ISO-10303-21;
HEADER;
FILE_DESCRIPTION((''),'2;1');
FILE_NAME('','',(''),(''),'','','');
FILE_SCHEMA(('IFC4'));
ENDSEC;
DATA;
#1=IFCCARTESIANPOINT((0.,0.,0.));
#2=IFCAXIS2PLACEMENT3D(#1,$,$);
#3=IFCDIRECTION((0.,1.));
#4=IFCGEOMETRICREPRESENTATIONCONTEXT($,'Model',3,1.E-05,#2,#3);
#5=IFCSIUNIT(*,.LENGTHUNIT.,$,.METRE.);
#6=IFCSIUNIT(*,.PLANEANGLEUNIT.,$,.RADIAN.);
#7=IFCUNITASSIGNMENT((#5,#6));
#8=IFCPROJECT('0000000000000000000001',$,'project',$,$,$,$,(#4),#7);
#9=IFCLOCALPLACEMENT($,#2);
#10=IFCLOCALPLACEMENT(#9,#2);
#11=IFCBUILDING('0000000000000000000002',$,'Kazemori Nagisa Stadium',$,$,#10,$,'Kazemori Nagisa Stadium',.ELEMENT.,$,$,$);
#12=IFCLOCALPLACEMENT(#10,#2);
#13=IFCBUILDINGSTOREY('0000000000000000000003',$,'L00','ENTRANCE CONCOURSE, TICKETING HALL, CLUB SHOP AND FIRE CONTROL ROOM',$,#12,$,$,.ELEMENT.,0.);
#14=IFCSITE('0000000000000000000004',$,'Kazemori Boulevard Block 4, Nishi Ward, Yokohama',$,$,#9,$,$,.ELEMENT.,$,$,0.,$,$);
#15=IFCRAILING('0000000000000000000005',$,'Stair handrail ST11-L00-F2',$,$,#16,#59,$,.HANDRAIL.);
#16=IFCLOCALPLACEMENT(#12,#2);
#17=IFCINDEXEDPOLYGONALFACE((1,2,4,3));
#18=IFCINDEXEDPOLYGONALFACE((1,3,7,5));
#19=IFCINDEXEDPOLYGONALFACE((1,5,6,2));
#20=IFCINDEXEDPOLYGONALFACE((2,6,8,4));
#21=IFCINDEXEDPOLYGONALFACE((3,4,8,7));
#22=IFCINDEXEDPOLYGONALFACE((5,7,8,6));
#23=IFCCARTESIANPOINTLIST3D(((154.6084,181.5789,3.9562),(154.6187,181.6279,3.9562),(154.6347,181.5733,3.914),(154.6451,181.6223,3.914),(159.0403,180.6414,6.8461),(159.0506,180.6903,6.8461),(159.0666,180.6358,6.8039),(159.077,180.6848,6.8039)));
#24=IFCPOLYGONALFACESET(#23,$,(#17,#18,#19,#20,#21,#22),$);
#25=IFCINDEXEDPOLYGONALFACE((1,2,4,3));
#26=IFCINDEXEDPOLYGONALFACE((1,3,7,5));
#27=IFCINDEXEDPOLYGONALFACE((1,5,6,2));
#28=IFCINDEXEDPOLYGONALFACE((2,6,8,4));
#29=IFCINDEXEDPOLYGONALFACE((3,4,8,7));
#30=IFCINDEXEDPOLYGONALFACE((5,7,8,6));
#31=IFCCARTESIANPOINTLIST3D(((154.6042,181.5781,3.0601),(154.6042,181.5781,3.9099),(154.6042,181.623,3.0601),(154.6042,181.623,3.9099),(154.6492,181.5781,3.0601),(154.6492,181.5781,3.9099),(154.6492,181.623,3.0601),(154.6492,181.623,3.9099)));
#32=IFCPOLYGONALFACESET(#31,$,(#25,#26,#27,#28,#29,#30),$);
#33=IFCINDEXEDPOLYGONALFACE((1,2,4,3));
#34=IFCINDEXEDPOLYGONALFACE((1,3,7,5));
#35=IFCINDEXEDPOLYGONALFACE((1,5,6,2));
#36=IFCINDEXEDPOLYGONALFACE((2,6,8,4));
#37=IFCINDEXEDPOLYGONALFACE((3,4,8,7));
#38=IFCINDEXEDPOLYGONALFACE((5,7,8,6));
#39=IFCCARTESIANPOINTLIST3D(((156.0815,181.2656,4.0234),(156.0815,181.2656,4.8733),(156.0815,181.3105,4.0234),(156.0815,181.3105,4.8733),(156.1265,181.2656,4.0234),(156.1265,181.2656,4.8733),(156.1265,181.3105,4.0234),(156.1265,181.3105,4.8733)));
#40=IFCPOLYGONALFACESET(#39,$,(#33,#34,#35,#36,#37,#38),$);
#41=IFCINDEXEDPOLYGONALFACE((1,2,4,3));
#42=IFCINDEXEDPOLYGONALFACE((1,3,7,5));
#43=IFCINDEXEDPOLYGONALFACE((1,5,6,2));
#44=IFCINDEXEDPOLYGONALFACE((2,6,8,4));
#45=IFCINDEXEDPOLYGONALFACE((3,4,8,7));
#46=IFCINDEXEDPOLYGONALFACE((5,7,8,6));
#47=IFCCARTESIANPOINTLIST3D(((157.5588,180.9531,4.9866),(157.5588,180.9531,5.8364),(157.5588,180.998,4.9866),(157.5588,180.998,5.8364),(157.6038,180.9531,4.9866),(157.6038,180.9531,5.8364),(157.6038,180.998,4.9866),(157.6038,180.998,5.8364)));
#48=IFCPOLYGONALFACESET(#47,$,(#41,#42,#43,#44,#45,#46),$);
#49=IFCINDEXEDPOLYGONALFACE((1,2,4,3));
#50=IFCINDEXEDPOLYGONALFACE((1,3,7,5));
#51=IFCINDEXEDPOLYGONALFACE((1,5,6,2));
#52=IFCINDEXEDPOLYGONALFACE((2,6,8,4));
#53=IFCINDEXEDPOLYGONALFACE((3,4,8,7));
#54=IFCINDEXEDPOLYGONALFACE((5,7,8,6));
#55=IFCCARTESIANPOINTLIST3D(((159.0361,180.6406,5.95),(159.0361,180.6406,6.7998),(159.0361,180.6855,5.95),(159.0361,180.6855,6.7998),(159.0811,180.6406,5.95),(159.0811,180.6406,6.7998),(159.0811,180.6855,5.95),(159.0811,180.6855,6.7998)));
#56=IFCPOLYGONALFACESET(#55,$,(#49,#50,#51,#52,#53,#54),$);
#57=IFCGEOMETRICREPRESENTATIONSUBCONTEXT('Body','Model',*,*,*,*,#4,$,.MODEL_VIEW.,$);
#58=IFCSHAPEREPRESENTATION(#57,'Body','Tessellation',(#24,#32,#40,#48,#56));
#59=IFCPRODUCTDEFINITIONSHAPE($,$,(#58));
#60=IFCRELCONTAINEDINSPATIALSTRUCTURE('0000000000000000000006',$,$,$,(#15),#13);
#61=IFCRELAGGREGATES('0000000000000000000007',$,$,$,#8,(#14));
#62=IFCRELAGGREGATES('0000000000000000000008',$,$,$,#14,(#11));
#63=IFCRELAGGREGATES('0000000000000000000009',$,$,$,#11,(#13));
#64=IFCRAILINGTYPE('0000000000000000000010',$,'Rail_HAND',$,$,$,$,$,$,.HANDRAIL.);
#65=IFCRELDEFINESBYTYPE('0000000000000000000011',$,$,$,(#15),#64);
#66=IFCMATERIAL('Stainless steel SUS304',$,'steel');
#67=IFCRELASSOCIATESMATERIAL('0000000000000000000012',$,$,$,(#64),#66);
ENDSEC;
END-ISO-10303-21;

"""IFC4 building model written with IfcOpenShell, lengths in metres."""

from ifc_helpers import new_model, si_unit, direction, frame, origin, origin_2d, place, context, subcontext, project, spatial, rectangle, extrude, material, type_object, element, save


model = new_model("IFC4")

# Units and contexts
model_context = context("Model", 3, precision=1e-05, world=origin(), true_north=direction((0.0, 1.0)))
body_context = subcontext(model_context, "Body", "Model", "MODEL_VIEW")
ifc_project = project(units=[si_unit("LENGTHUNIT", "METRE"), si_unit("PLANEANGLEUNIT", "RADIAN")], contexts=[model_context])

# Site, building, storey
site_placement = place(None, origin())
site = spatial("IfcSite", under=ifc_project, at=site_placement, Name="Kazemori Boulevard Block 4, Nishi Ward, Yokohama", CompositionType="ELEMENT", RefElevation=0.0)
building_placement = place(site_placement, origin())
building = spatial("IfcBuilding", under=site, at=building_placement, Name="Kazemori Nagisa Stadium", LongName="Kazemori Nagisa Stadium", CompositionType="ELEMENT")
storey_placement = place(building_placement, origin())
storey = spatial("IfcBuildingStorey", under=building, at=storey_placement, Name="L00", Description="ENTRANCE CONCOURSE, TICKETING HALL, CLUB SHOP AND FIRE CONTROL ROOM", CompositionType="ELEMENT", Elevation=0.0)

# Shared definitions
ifc_material_1 = material(Name="Stainless steel SUS304", Category="steel")

# Railing
railing_type_1 = type_object("IfcRailingType", Name="Rail_HAND", PredefinedType="HANDRAIL", material=ifc_material_1)
railing_1_placement = place(storey_placement, frame((154.6267, 181.6006, 3.0601)))
element("IfcRailing", 1, at=railing_1_placement, inside=storey, type_object=railing_type_1, Name="Stair handrail ST11-L00-F2", PredefinedType="HANDRAIL", context=body_context, shape_type="SweptSolid", body=[
    extrude(rectangle(XDim=0.05, YDim=0.05, at=origin_2d()), frame((0.0, 0.0, 0.875), z_axis=(0.824803, -0.174475, 0.537828), x_axis=(0.206956, 0.97835, 0.0)), (0.0, 0.0, 1.0), 5.3733),
    extrude(rectangle(XDim=0.0449, YDim=0.0449, at=origin_2d()), origin(), (0.0, 0.0, 1.0), 0.8499),
    extrude(rectangle(XDim=0.0449, YDim=0.0449, at=origin_2d()), frame((1.4773, -0.3125, 0.9634)), (0.0, 0.0, 1.0), 0.8499),
    extrude(rectangle(XDim=0.0449, YDim=0.0449, at=origin_2d()), frame((2.9546, -0.625, 1.9265)), (0.0, 0.0, 1.0), 0.8499),
    extrude(rectangle(XDim=0.0449, YDim=0.0449, at=origin_2d()), frame((4.4319, -0.9375, 2.8899)), (0.0, 0.0, 1.0), 0.8499),
])

save(model, "model.ifc")
